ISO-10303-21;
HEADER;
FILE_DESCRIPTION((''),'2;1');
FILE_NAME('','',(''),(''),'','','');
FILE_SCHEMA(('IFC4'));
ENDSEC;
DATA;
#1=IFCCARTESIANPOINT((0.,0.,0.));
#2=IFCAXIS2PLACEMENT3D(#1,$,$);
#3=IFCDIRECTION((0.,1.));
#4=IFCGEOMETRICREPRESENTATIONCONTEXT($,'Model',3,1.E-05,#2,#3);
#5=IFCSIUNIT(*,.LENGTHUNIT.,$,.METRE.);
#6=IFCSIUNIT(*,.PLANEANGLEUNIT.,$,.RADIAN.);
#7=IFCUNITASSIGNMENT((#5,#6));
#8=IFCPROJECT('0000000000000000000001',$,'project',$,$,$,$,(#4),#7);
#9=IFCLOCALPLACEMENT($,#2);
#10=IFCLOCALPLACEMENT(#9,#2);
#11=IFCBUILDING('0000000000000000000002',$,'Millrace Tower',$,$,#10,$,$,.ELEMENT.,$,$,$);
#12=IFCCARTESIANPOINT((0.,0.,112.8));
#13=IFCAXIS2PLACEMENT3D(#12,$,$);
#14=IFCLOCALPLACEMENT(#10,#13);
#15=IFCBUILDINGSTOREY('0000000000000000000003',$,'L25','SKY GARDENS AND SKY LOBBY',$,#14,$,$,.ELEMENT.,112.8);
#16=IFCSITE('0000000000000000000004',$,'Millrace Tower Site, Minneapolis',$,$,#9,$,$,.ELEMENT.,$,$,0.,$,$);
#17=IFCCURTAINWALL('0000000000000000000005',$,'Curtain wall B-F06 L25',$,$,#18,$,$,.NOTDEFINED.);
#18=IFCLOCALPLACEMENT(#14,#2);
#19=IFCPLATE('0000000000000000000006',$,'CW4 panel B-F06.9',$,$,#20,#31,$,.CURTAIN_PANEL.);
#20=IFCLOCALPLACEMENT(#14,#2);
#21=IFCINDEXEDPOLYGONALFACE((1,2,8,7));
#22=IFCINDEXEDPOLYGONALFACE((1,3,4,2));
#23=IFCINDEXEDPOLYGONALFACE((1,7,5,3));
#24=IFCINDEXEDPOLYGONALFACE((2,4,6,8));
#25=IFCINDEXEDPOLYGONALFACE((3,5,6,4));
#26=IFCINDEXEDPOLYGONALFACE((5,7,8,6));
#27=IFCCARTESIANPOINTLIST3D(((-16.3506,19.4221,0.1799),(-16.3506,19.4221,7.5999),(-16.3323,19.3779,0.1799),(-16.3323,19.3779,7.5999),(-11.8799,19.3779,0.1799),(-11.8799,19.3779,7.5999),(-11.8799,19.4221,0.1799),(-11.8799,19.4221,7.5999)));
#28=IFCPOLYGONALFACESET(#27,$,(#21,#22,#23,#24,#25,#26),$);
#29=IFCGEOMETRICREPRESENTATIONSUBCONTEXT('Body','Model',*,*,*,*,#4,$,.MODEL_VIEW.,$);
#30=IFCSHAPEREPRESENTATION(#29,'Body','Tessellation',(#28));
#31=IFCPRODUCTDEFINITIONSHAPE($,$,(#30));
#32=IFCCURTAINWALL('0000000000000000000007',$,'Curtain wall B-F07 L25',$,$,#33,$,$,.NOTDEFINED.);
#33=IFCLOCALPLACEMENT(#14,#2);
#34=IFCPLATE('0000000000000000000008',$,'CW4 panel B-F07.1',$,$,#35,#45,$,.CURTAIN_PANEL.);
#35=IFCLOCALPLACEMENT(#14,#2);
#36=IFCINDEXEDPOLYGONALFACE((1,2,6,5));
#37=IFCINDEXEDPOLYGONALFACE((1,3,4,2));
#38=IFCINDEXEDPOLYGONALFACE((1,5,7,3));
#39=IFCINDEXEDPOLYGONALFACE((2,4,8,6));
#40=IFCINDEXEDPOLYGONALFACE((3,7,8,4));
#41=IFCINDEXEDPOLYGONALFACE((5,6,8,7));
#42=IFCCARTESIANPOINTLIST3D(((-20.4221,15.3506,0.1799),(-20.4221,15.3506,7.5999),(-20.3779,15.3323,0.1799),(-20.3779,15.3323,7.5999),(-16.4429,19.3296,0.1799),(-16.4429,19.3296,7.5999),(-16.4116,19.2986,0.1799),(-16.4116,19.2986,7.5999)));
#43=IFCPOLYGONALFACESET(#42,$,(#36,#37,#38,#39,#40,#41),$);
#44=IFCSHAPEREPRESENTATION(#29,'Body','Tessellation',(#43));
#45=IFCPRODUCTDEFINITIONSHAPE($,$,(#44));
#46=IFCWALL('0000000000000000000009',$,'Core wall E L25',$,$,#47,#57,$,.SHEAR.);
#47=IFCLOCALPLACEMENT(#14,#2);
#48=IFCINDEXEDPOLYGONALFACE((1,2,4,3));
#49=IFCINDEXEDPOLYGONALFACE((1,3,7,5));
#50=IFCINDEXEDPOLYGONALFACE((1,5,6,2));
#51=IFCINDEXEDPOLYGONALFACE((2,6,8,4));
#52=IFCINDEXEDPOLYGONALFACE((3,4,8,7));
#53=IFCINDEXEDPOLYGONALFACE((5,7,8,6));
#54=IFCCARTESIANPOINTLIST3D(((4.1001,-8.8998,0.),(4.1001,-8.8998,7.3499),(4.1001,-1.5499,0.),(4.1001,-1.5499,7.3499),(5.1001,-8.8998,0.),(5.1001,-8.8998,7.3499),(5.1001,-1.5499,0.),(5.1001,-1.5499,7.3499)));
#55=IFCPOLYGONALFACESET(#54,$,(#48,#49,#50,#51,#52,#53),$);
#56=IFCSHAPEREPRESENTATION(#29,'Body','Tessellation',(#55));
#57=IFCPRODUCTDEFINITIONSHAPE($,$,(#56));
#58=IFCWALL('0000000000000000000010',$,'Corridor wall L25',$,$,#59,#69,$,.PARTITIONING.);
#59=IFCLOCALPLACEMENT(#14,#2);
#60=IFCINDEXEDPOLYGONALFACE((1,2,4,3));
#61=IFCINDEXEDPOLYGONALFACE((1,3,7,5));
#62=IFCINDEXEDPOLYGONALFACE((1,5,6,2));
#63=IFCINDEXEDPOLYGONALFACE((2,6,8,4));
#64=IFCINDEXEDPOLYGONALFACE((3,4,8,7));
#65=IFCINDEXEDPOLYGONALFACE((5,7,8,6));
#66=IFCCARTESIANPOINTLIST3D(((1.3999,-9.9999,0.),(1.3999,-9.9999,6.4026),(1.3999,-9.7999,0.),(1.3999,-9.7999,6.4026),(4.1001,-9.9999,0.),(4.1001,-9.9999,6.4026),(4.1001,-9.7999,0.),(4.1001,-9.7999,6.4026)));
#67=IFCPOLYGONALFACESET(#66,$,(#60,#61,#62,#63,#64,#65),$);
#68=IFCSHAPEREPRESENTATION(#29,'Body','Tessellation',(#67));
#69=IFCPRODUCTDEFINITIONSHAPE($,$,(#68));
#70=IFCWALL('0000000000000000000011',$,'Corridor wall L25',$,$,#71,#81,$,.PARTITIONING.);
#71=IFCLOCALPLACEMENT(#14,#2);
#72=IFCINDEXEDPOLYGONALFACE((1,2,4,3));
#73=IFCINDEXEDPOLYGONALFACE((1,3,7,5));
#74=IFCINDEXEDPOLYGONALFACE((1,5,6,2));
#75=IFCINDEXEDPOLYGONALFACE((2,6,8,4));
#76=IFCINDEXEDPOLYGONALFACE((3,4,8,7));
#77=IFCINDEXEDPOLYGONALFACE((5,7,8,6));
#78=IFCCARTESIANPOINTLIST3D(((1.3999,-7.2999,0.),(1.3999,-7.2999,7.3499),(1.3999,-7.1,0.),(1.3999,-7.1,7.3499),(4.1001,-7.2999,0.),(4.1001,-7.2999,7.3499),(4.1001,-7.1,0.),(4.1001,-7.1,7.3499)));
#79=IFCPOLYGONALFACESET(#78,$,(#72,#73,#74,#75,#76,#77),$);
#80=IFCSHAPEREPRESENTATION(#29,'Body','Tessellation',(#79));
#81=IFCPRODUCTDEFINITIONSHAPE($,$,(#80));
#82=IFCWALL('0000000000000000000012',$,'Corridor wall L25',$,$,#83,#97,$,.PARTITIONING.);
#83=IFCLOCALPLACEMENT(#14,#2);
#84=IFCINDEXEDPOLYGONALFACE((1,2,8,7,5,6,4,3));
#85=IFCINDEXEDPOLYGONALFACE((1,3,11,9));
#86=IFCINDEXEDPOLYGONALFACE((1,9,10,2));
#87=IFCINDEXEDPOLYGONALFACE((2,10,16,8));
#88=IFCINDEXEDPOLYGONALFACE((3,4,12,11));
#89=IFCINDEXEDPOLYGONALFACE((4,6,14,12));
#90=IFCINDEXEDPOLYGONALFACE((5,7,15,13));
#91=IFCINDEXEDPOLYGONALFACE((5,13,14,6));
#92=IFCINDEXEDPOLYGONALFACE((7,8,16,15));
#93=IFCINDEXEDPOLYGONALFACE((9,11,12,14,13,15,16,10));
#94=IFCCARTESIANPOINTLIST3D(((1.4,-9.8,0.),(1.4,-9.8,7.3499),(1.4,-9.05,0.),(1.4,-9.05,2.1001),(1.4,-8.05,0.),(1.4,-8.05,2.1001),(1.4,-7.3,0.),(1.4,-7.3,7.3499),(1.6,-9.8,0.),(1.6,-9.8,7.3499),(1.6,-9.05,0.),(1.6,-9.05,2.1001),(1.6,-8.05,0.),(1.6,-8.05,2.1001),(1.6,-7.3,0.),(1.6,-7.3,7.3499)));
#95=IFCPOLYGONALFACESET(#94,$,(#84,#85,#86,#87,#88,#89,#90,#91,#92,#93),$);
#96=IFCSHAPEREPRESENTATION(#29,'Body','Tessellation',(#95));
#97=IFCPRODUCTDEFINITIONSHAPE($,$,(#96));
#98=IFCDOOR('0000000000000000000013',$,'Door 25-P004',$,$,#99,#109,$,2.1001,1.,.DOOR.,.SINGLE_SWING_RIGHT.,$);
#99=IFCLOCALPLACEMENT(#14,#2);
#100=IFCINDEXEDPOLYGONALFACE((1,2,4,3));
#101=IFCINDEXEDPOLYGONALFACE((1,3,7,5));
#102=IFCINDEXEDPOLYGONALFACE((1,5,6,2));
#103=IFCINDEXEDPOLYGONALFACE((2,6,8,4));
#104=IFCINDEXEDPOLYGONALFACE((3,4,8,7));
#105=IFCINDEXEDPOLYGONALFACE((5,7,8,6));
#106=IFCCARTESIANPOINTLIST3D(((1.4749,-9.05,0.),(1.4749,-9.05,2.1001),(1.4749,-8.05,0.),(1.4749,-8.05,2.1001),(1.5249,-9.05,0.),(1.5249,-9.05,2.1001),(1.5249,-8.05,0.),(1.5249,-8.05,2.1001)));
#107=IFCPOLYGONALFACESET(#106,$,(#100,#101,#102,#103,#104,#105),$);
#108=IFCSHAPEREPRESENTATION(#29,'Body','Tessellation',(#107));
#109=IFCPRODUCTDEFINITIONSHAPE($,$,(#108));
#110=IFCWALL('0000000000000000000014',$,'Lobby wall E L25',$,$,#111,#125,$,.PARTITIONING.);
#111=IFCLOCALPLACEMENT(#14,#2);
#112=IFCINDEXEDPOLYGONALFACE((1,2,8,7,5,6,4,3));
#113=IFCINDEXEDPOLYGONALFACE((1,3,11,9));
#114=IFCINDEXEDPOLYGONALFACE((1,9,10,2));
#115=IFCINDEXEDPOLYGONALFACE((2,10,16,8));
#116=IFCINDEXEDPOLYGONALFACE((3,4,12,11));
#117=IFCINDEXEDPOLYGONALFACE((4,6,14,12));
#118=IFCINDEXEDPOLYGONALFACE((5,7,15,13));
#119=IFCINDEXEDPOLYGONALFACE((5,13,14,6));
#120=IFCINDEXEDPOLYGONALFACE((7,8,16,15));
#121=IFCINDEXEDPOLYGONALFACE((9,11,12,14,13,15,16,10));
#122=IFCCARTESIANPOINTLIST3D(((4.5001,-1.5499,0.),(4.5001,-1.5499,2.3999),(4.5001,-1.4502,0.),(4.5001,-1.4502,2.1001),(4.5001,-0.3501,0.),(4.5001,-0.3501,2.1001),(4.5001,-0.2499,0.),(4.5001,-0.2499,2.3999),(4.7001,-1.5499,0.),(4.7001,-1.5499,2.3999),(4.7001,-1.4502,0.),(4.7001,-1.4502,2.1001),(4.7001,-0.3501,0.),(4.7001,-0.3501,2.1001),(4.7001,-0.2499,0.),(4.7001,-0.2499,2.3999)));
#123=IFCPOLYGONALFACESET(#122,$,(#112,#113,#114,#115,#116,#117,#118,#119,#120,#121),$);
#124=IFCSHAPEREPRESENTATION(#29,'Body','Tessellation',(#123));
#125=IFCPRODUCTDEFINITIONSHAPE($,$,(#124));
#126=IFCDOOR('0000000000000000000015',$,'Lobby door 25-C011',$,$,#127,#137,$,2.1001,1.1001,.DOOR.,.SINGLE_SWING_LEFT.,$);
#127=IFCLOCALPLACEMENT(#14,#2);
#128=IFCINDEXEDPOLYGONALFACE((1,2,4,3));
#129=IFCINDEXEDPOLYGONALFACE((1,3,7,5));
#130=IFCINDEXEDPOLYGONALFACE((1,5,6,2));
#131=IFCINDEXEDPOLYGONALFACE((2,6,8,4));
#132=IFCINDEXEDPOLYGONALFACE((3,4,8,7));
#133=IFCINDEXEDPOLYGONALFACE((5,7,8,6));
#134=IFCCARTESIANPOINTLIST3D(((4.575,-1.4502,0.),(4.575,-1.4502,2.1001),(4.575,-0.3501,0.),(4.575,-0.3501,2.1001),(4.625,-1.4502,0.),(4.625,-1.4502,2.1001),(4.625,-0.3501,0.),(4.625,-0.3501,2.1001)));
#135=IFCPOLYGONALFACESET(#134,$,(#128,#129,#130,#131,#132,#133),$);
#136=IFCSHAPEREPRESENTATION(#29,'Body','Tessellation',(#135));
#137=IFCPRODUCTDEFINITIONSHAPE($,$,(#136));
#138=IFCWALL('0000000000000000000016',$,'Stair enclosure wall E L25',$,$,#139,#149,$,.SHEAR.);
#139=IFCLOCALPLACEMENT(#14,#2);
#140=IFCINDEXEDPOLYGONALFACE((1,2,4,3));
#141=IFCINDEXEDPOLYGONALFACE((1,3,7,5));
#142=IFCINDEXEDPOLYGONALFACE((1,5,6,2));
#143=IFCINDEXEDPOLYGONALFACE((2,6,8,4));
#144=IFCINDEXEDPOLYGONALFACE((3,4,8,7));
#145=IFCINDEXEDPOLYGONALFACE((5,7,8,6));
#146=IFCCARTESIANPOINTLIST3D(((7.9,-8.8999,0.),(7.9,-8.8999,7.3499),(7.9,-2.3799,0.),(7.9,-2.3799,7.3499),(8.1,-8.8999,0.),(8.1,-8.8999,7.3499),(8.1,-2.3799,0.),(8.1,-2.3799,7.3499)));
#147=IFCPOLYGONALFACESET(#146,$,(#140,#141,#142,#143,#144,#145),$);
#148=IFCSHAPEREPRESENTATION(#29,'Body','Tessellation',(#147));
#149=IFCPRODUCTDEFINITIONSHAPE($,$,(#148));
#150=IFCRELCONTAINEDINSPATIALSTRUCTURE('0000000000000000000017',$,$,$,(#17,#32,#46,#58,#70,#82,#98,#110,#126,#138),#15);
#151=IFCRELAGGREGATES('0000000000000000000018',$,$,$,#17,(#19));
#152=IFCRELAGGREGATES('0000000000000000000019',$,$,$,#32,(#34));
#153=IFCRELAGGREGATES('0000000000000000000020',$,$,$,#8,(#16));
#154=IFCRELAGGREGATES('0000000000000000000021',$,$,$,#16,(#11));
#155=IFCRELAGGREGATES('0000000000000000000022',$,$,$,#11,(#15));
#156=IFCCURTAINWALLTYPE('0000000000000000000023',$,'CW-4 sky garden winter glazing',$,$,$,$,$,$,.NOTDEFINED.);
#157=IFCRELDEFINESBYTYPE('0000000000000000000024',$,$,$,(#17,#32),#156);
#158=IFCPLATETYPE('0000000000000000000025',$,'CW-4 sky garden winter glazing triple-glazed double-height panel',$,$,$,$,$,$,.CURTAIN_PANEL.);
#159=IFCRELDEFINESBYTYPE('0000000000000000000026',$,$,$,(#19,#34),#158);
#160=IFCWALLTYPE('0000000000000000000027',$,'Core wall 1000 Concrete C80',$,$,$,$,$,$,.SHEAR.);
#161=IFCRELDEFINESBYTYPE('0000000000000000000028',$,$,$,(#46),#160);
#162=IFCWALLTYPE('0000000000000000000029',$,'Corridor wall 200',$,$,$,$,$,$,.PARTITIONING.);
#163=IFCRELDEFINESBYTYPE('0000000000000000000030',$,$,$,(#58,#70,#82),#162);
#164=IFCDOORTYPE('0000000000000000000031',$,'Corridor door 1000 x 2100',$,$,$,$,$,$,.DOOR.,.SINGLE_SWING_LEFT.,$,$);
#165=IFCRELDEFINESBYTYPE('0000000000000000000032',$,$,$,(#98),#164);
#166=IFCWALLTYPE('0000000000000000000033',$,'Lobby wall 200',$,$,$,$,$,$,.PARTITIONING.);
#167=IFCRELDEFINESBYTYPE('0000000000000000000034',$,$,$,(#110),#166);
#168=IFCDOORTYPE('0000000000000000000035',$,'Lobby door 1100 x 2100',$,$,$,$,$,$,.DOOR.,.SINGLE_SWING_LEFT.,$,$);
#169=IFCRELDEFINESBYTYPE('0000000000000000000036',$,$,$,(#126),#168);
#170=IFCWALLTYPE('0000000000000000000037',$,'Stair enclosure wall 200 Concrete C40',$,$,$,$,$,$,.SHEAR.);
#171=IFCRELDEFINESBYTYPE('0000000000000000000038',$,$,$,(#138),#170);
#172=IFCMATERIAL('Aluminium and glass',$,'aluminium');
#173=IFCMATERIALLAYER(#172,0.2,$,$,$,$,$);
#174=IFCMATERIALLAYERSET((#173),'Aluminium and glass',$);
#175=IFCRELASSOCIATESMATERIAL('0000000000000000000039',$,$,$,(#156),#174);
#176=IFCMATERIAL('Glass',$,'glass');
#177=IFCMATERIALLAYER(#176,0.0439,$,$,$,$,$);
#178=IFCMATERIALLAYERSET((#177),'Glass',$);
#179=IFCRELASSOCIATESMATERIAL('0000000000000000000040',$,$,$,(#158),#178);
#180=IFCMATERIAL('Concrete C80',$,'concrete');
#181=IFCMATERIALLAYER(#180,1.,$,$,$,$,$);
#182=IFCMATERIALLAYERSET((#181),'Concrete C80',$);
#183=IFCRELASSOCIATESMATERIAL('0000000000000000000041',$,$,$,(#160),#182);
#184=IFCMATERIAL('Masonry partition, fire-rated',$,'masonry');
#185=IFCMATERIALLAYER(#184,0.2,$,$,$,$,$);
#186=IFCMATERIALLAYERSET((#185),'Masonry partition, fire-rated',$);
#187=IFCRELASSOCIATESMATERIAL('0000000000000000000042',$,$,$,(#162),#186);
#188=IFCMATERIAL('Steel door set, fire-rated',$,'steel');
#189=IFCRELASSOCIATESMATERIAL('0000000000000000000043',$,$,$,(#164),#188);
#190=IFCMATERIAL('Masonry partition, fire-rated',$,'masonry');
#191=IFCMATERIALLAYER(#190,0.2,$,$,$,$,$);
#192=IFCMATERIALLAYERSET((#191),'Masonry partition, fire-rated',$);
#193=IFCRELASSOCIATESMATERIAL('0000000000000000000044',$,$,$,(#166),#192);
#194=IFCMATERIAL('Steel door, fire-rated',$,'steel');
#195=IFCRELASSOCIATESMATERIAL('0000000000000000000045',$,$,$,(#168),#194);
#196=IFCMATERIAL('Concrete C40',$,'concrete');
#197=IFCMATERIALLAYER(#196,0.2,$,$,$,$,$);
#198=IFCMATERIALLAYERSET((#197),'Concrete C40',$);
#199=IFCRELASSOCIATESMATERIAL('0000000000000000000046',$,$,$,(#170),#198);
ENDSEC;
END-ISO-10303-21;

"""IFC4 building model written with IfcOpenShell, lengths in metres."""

from ifc_helpers import new_model, si_unit, direction, frame, frame_2d, origin, place, context, subcontext, project, spatial, polyline, rectangle, outline, extrude, material, layer, layer_set, type_object, element, fill, aggregate, save


model = new_model("IFC4")

# Units and contexts
model_context = context("Model", 3, precision=1e-05, world=origin(), true_north=direction((0.0, 1.0)))
body_context = subcontext(model_context, "Body", "Model", "MODEL_VIEW")
ifc_project = project(units=[si_unit("LENGTHUNIT", "METRE"), si_unit("PLANEANGLEUNIT", "RADIAN")], contexts=[model_context])

# Site, building, storey
site_placement = place(None, origin())
site = spatial("IfcSite", under=ifc_project, at=site_placement, Name="Millrace Tower Site, Minneapolis", CompositionType="ELEMENT", RefElevation=0.0)
building_placement = place(site_placement, origin())
building = spatial("IfcBuilding", under=site, at=building_placement, Name="Millrace Tower", CompositionType="ELEMENT")
storey_placement = place(building_placement, frame((0.0, 0.0, 112.8)))
storey = spatial("IfcBuildingStorey", under=building, at=storey_placement, Name="L25", Description="SKY GARDENS AND SKY LOBBY", CompositionType="ELEMENT", Elevation=112.8)

# Curtain walls, plates
ifc_material_1 = material(Name="Aluminium and glass", Category="aluminium")
ifc_layer_1 = layer(ifc_material_1, 0.2)
ifc_layer_set_1 = layer_set([ifc_layer_1], Name="Aluminium and glass")
curtain_wall_type = type_object("IfcCurtainWallType", Name="CW-4 sky garden winter glazing", PredefinedType="NOTDEFINED", material=ifc_layer_set_1)
placement_1 = place(storey_placement, origin())
curtain_wall_1 = element("IfcCurtainWall", 1, at=placement_1, inside=storey, type_object=curtain_wall_type, Name="Curtain wall B-F06 L25", PredefinedType="NOTDEFINED")
ifc_material_2 = material(Name="Glass", Category="glass")
ifc_layer_2 = layer(ifc_material_2, 0.0439)
ifc_layer_set_2 = layer_set([ifc_layer_2], Name="Glass")
plate_type = type_object("IfcPlateType", Name="CW-4 sky garden winter glazing triple-glazed double-height panel", PredefinedType="CURTAIN_PANEL", material=ifc_layer_set_2)
placement_2 = place(storey_placement, frame((0.0, 0.0, 0.1799)))
plate_1 = element("IfcPlate", 2, at=placement_2, type_object=plate_type, Name="CW4 panel B-F06.9", PredefinedType="CURTAIN_PANEL", context=body_context, shape_type="SweptSolid", body=[
    extrude(outline(polyline([(-11.8799, 19.4221), (-16.3506, 19.4221), (-16.3323, 19.3779), (-11.8799, 19.3779), (-11.8799, 19.4221)])), origin(), (0.0, 0.0, 1.0), 7.4199),
])
aggregate(curtain_wall_1, [plate_1])
curtain_wall_2 = element("IfcCurtainWall", 3, at=placement_1, inside=storey, type_object=curtain_wall_type, Name="Curtain wall B-F07 L25", PredefinedType="NOTDEFINED")
plate_2 = element("IfcPlate", 4, at=placement_2, type_object=plate_type, Name="CW4 panel B-F07.1", PredefinedType="CURTAIN_PANEL", context=body_context, shape_type="SweptSolid", body=[
    extrude(outline(polyline([(-16.4429, 19.3296), (-20.4221, 15.3506), (-20.3779, 15.3323), (-16.4116, 19.2986), (-16.4429, 19.3296)])), origin(), (0.0, 0.0, 1.0), 7.4199),
])
aggregate(curtain_wall_2, [plate_2])

# Walls
ifc_material_3 = material(Name="Concrete C80", Category="concrete")
ifc_layer_3 = layer(ifc_material_3, 1.0)
ifc_layer_set_3 = layer_set([ifc_layer_3], Name="Concrete C80")
wall_type_1 = type_object("IfcWallType", Name="Core wall 1000 Concrete C80", PredefinedType="SHEAR", material=ifc_layer_set_3)
wall_1_placement = place(storey_placement, frame((4.6001, -1.55, 0.0), z_axis=(0.0, 0.0, 1.0), x_axis=(0.0, -1.0, 0.0)))
element("IfcWall", 5, at=wall_1_placement, inside=storey, type_object=wall_type_1, Name="Core wall E L25", PredefinedType="SHEAR", context=body_context, shape_type="SweptSolid", body=[
    extrude(rectangle(XDim=7.3499, YDim=1.0, at=frame_2d((3.6748, 0.0))), origin(), (0.0, 0.0, 1.0), 7.3499),
])
ifc_material_4 = material(Name="Masonry partition, fire-rated", Category="masonry")
ifc_layer_4 = layer(ifc_material_4, 0.2)
ifc_layer_set_4 = layer_set([ifc_layer_4], Name="Masonry partition, fire-rated")
wall_type_2 = type_object("IfcWallType", Name="Corridor wall 200", PredefinedType="PARTITIONING", material=ifc_layer_set_4)
wall_2_placement = place(storey_placement, frame((1.3999, -9.8999, 0.0), z_axis=(0.0, 0.0, 1.0), x_axis=(1.0, 0.0, 0.0)))
element("IfcWall", 6, at=wall_2_placement, inside=storey, type_object=wall_type_2, Name="Corridor wall L25", PredefinedType="PARTITIONING", context=body_context, shape_type="SweptSolid", body=[
    extrude(rectangle(XDim=2.7002, YDim=0.2, at=frame_2d((1.3501, 0.0))), origin(), (0.0, 0.0, 1.0), 6.4026),
])
wall_3_placement = place(storey_placement, frame((1.3999, -7.2, 0.0), z_axis=(0.0, 0.0, 1.0), x_axis=(1.0, 0.0, 0.0)))
element("IfcWall", 7, at=wall_3_placement, inside=storey, type_object=wall_type_2, Name="Corridor wall L25", PredefinedType="PARTITIONING", context=body_context, shape_type="SweptSolid", body=[
    extrude(rectangle(XDim=2.7002, YDim=0.2, at=frame_2d((1.3501, 0.0))), origin(), (0.0, 0.0, 1.0), 7.3499),
])

# Walls, openings, doors
wall_4_placement = place(storey_placement, frame((1.5, -9.8, 0.0), z_axis=(0.0, 0.0, 1.0), x_axis=(0.0, 1.0, 0.0)))
wall_4 = element("IfcWall", 8, at=wall_4_placement, inside=storey, type_object=wall_type_2, Name="Corridor wall L25", PredefinedType="PARTITIONING", context=body_context, shape_type="SweptSolid", body=[
    extrude(rectangle(XDim=2.5, YDim=0.2, at=frame_2d((1.25, 0.0))), origin(), (0.0, 0.0, 1.0), 7.3499),
])
opening_1_placement = place(wall_4_placement, frame((0.75, 0.0, 0.0)))
opening_1 = element("IfcOpeningElement", 9, at=opening_1_placement, cuts=wall_4, PredefinedType="OPENING", context=body_context, shape_type="SweptSolid", body=[
    extrude(rectangle(XDim=1.0, YDim=2.1001, at=frame_2d((0.5, 1.05))), frame((0.0, 0.1099, 0.0), z_axis=(0.0, -1.0, 0.0), x_axis=(1.0, 0.0, 0.0)), (0.0, 0.0, 1.0), 0.22),
])
ifc_material_5 = material(Name="Steel door set, fire-rated", Category="steel")
door_type_1 = type_object("IfcDoorType", Name="Corridor door 1000 x 2100", OperationType="SINGLE_SWING_LEFT", PredefinedType="DOOR", material=ifc_material_5)
door_1_placement = place(opening_1_placement, frame((1.0, 0.0, 0.0), z_axis=(0.0, 0.0, 1.0), x_axis=(-1.0, 0.0, 0.0)))
door_1 = element("IfcDoor", 10, at=door_1_placement, inside=storey, type_object=door_type_1, Name="Door 25-P004", OperationType="SINGLE_SWING_RIGHT", OverallHeight=2.1001, OverallWidth=1.0, PredefinedType="DOOR", context=body_context, shape_type="SweptSolid", body=[
    extrude(rectangle(XDim=1.0, YDim=2.1001, at=frame_2d((0.5, 1.05))), frame((0.0, 0.0249, 0.0), z_axis=(0.0, -1.0, 0.0), x_axis=(1.0, 0.0, 0.0)), (0.0, 0.0, 1.0), 0.05),
])
fill(opening_1, door_1)
ifc_material_6 = material(Name="Masonry partition, fire-rated", Category="masonry")
ifc_layer_5 = layer(ifc_material_6, 0.2)
ifc_layer_set_5 = layer_set([ifc_layer_5], Name="Masonry partition, fire-rated")
wall_type_3 = type_object("IfcWallType", Name="Lobby wall 200", PredefinedType="PARTITIONING", material=ifc_layer_set_5)
wall_5_placement = place(storey_placement, frame((4.6001, -0.25, 0.0), z_axis=(0.0, 0.0, 1.0), x_axis=(0.0, -1.0, 0.0)))
wall_5 = element("IfcWall", 11, at=wall_5_placement, inside=storey, type_object=wall_type_3, Name="Lobby wall E L25", PredefinedType="PARTITIONING", context=body_context, shape_type="SweptSolid", body=[
    extrude(rectangle(XDim=1.3, YDim=0.2, at=frame_2d((0.6499, 0.0))), origin(), (0.0, 0.0, 1.0), 2.3999),
])
opening_2_placement = place(wall_5_placement, frame((0.1001, 0.0, 0.0)))
opening_2 = element("IfcOpeningElement", 12, at=opening_2_placement, cuts=wall_5, PredefinedType="OPENING", context=body_context, shape_type="SweptSolid", body=[
    extrude(rectangle(XDim=1.1001, YDim=2.1001, at=frame_2d((0.55, 1.05))), frame((0.0, 0.1099, 0.0), z_axis=(0.0, -1.0, 0.0), x_axis=(1.0, 0.0, 0.0)), (0.0, 0.0, 1.0), 0.22),
])
ifc_material_7 = material(Name="Steel door, fire-rated", Category="steel")
door_type_2 = type_object("IfcDoorType", Name="Lobby door 1100 x 2100", OperationType="SINGLE_SWING_LEFT", PredefinedType="DOOR", material=ifc_material_7)
door_2_placement = place(opening_2_placement, origin())
door_2 = element("IfcDoor", 13, at=door_2_placement, inside=storey, type_object=door_type_2, Name="Lobby door 25-C011", OperationType="SINGLE_SWING_LEFT", OverallHeight=2.1001, OverallWidth=1.1001, PredefinedType="DOOR", context=body_context, shape_type="SweptSolid", body=[
    extrude(rectangle(XDim=1.1001, YDim=2.1001, at=frame_2d((0.55, 1.05))), frame((0.0, 0.0249, 0.0), z_axis=(0.0, -1.0, 0.0), x_axis=(1.0, 0.0, 0.0)), (0.0, 0.0, 1.0), 0.05),
])
fill(opening_2, door_2)

# Wall
ifc_material_8 = material(Name="Concrete C40", Category="concrete")
ifc_layer_6 = layer(ifc_material_8, 0.2)
ifc_layer_set_6 = layer_set([ifc_layer_6], Name="Concrete C40")
wall_type_4 = type_object("IfcWallType", Name="Stair enclosure wall 200 Concrete C40", PredefinedType="SHEAR", material=ifc_layer_set_6)
wall_6_placement = place(storey_placement, frame((8.0, -2.3799, 0.0), z_axis=(0.0, 0.0, 1.0), x_axis=(0.0, -1.0, 0.0)))
element("IfcWall", 14, at=wall_6_placement, inside=storey, type_object=wall_type_4, Name="Stair enclosure wall E L25", PredefinedType="SHEAR", context=body_context, shape_type="SweptSolid", body=[
    extrude(rectangle(XDim=6.52, YDim=0.2, at=frame_2d((3.26, 0.0))), origin(), (0.0, 0.0, 1.0), 7.3499),
])

save(model, "model.ifc")
